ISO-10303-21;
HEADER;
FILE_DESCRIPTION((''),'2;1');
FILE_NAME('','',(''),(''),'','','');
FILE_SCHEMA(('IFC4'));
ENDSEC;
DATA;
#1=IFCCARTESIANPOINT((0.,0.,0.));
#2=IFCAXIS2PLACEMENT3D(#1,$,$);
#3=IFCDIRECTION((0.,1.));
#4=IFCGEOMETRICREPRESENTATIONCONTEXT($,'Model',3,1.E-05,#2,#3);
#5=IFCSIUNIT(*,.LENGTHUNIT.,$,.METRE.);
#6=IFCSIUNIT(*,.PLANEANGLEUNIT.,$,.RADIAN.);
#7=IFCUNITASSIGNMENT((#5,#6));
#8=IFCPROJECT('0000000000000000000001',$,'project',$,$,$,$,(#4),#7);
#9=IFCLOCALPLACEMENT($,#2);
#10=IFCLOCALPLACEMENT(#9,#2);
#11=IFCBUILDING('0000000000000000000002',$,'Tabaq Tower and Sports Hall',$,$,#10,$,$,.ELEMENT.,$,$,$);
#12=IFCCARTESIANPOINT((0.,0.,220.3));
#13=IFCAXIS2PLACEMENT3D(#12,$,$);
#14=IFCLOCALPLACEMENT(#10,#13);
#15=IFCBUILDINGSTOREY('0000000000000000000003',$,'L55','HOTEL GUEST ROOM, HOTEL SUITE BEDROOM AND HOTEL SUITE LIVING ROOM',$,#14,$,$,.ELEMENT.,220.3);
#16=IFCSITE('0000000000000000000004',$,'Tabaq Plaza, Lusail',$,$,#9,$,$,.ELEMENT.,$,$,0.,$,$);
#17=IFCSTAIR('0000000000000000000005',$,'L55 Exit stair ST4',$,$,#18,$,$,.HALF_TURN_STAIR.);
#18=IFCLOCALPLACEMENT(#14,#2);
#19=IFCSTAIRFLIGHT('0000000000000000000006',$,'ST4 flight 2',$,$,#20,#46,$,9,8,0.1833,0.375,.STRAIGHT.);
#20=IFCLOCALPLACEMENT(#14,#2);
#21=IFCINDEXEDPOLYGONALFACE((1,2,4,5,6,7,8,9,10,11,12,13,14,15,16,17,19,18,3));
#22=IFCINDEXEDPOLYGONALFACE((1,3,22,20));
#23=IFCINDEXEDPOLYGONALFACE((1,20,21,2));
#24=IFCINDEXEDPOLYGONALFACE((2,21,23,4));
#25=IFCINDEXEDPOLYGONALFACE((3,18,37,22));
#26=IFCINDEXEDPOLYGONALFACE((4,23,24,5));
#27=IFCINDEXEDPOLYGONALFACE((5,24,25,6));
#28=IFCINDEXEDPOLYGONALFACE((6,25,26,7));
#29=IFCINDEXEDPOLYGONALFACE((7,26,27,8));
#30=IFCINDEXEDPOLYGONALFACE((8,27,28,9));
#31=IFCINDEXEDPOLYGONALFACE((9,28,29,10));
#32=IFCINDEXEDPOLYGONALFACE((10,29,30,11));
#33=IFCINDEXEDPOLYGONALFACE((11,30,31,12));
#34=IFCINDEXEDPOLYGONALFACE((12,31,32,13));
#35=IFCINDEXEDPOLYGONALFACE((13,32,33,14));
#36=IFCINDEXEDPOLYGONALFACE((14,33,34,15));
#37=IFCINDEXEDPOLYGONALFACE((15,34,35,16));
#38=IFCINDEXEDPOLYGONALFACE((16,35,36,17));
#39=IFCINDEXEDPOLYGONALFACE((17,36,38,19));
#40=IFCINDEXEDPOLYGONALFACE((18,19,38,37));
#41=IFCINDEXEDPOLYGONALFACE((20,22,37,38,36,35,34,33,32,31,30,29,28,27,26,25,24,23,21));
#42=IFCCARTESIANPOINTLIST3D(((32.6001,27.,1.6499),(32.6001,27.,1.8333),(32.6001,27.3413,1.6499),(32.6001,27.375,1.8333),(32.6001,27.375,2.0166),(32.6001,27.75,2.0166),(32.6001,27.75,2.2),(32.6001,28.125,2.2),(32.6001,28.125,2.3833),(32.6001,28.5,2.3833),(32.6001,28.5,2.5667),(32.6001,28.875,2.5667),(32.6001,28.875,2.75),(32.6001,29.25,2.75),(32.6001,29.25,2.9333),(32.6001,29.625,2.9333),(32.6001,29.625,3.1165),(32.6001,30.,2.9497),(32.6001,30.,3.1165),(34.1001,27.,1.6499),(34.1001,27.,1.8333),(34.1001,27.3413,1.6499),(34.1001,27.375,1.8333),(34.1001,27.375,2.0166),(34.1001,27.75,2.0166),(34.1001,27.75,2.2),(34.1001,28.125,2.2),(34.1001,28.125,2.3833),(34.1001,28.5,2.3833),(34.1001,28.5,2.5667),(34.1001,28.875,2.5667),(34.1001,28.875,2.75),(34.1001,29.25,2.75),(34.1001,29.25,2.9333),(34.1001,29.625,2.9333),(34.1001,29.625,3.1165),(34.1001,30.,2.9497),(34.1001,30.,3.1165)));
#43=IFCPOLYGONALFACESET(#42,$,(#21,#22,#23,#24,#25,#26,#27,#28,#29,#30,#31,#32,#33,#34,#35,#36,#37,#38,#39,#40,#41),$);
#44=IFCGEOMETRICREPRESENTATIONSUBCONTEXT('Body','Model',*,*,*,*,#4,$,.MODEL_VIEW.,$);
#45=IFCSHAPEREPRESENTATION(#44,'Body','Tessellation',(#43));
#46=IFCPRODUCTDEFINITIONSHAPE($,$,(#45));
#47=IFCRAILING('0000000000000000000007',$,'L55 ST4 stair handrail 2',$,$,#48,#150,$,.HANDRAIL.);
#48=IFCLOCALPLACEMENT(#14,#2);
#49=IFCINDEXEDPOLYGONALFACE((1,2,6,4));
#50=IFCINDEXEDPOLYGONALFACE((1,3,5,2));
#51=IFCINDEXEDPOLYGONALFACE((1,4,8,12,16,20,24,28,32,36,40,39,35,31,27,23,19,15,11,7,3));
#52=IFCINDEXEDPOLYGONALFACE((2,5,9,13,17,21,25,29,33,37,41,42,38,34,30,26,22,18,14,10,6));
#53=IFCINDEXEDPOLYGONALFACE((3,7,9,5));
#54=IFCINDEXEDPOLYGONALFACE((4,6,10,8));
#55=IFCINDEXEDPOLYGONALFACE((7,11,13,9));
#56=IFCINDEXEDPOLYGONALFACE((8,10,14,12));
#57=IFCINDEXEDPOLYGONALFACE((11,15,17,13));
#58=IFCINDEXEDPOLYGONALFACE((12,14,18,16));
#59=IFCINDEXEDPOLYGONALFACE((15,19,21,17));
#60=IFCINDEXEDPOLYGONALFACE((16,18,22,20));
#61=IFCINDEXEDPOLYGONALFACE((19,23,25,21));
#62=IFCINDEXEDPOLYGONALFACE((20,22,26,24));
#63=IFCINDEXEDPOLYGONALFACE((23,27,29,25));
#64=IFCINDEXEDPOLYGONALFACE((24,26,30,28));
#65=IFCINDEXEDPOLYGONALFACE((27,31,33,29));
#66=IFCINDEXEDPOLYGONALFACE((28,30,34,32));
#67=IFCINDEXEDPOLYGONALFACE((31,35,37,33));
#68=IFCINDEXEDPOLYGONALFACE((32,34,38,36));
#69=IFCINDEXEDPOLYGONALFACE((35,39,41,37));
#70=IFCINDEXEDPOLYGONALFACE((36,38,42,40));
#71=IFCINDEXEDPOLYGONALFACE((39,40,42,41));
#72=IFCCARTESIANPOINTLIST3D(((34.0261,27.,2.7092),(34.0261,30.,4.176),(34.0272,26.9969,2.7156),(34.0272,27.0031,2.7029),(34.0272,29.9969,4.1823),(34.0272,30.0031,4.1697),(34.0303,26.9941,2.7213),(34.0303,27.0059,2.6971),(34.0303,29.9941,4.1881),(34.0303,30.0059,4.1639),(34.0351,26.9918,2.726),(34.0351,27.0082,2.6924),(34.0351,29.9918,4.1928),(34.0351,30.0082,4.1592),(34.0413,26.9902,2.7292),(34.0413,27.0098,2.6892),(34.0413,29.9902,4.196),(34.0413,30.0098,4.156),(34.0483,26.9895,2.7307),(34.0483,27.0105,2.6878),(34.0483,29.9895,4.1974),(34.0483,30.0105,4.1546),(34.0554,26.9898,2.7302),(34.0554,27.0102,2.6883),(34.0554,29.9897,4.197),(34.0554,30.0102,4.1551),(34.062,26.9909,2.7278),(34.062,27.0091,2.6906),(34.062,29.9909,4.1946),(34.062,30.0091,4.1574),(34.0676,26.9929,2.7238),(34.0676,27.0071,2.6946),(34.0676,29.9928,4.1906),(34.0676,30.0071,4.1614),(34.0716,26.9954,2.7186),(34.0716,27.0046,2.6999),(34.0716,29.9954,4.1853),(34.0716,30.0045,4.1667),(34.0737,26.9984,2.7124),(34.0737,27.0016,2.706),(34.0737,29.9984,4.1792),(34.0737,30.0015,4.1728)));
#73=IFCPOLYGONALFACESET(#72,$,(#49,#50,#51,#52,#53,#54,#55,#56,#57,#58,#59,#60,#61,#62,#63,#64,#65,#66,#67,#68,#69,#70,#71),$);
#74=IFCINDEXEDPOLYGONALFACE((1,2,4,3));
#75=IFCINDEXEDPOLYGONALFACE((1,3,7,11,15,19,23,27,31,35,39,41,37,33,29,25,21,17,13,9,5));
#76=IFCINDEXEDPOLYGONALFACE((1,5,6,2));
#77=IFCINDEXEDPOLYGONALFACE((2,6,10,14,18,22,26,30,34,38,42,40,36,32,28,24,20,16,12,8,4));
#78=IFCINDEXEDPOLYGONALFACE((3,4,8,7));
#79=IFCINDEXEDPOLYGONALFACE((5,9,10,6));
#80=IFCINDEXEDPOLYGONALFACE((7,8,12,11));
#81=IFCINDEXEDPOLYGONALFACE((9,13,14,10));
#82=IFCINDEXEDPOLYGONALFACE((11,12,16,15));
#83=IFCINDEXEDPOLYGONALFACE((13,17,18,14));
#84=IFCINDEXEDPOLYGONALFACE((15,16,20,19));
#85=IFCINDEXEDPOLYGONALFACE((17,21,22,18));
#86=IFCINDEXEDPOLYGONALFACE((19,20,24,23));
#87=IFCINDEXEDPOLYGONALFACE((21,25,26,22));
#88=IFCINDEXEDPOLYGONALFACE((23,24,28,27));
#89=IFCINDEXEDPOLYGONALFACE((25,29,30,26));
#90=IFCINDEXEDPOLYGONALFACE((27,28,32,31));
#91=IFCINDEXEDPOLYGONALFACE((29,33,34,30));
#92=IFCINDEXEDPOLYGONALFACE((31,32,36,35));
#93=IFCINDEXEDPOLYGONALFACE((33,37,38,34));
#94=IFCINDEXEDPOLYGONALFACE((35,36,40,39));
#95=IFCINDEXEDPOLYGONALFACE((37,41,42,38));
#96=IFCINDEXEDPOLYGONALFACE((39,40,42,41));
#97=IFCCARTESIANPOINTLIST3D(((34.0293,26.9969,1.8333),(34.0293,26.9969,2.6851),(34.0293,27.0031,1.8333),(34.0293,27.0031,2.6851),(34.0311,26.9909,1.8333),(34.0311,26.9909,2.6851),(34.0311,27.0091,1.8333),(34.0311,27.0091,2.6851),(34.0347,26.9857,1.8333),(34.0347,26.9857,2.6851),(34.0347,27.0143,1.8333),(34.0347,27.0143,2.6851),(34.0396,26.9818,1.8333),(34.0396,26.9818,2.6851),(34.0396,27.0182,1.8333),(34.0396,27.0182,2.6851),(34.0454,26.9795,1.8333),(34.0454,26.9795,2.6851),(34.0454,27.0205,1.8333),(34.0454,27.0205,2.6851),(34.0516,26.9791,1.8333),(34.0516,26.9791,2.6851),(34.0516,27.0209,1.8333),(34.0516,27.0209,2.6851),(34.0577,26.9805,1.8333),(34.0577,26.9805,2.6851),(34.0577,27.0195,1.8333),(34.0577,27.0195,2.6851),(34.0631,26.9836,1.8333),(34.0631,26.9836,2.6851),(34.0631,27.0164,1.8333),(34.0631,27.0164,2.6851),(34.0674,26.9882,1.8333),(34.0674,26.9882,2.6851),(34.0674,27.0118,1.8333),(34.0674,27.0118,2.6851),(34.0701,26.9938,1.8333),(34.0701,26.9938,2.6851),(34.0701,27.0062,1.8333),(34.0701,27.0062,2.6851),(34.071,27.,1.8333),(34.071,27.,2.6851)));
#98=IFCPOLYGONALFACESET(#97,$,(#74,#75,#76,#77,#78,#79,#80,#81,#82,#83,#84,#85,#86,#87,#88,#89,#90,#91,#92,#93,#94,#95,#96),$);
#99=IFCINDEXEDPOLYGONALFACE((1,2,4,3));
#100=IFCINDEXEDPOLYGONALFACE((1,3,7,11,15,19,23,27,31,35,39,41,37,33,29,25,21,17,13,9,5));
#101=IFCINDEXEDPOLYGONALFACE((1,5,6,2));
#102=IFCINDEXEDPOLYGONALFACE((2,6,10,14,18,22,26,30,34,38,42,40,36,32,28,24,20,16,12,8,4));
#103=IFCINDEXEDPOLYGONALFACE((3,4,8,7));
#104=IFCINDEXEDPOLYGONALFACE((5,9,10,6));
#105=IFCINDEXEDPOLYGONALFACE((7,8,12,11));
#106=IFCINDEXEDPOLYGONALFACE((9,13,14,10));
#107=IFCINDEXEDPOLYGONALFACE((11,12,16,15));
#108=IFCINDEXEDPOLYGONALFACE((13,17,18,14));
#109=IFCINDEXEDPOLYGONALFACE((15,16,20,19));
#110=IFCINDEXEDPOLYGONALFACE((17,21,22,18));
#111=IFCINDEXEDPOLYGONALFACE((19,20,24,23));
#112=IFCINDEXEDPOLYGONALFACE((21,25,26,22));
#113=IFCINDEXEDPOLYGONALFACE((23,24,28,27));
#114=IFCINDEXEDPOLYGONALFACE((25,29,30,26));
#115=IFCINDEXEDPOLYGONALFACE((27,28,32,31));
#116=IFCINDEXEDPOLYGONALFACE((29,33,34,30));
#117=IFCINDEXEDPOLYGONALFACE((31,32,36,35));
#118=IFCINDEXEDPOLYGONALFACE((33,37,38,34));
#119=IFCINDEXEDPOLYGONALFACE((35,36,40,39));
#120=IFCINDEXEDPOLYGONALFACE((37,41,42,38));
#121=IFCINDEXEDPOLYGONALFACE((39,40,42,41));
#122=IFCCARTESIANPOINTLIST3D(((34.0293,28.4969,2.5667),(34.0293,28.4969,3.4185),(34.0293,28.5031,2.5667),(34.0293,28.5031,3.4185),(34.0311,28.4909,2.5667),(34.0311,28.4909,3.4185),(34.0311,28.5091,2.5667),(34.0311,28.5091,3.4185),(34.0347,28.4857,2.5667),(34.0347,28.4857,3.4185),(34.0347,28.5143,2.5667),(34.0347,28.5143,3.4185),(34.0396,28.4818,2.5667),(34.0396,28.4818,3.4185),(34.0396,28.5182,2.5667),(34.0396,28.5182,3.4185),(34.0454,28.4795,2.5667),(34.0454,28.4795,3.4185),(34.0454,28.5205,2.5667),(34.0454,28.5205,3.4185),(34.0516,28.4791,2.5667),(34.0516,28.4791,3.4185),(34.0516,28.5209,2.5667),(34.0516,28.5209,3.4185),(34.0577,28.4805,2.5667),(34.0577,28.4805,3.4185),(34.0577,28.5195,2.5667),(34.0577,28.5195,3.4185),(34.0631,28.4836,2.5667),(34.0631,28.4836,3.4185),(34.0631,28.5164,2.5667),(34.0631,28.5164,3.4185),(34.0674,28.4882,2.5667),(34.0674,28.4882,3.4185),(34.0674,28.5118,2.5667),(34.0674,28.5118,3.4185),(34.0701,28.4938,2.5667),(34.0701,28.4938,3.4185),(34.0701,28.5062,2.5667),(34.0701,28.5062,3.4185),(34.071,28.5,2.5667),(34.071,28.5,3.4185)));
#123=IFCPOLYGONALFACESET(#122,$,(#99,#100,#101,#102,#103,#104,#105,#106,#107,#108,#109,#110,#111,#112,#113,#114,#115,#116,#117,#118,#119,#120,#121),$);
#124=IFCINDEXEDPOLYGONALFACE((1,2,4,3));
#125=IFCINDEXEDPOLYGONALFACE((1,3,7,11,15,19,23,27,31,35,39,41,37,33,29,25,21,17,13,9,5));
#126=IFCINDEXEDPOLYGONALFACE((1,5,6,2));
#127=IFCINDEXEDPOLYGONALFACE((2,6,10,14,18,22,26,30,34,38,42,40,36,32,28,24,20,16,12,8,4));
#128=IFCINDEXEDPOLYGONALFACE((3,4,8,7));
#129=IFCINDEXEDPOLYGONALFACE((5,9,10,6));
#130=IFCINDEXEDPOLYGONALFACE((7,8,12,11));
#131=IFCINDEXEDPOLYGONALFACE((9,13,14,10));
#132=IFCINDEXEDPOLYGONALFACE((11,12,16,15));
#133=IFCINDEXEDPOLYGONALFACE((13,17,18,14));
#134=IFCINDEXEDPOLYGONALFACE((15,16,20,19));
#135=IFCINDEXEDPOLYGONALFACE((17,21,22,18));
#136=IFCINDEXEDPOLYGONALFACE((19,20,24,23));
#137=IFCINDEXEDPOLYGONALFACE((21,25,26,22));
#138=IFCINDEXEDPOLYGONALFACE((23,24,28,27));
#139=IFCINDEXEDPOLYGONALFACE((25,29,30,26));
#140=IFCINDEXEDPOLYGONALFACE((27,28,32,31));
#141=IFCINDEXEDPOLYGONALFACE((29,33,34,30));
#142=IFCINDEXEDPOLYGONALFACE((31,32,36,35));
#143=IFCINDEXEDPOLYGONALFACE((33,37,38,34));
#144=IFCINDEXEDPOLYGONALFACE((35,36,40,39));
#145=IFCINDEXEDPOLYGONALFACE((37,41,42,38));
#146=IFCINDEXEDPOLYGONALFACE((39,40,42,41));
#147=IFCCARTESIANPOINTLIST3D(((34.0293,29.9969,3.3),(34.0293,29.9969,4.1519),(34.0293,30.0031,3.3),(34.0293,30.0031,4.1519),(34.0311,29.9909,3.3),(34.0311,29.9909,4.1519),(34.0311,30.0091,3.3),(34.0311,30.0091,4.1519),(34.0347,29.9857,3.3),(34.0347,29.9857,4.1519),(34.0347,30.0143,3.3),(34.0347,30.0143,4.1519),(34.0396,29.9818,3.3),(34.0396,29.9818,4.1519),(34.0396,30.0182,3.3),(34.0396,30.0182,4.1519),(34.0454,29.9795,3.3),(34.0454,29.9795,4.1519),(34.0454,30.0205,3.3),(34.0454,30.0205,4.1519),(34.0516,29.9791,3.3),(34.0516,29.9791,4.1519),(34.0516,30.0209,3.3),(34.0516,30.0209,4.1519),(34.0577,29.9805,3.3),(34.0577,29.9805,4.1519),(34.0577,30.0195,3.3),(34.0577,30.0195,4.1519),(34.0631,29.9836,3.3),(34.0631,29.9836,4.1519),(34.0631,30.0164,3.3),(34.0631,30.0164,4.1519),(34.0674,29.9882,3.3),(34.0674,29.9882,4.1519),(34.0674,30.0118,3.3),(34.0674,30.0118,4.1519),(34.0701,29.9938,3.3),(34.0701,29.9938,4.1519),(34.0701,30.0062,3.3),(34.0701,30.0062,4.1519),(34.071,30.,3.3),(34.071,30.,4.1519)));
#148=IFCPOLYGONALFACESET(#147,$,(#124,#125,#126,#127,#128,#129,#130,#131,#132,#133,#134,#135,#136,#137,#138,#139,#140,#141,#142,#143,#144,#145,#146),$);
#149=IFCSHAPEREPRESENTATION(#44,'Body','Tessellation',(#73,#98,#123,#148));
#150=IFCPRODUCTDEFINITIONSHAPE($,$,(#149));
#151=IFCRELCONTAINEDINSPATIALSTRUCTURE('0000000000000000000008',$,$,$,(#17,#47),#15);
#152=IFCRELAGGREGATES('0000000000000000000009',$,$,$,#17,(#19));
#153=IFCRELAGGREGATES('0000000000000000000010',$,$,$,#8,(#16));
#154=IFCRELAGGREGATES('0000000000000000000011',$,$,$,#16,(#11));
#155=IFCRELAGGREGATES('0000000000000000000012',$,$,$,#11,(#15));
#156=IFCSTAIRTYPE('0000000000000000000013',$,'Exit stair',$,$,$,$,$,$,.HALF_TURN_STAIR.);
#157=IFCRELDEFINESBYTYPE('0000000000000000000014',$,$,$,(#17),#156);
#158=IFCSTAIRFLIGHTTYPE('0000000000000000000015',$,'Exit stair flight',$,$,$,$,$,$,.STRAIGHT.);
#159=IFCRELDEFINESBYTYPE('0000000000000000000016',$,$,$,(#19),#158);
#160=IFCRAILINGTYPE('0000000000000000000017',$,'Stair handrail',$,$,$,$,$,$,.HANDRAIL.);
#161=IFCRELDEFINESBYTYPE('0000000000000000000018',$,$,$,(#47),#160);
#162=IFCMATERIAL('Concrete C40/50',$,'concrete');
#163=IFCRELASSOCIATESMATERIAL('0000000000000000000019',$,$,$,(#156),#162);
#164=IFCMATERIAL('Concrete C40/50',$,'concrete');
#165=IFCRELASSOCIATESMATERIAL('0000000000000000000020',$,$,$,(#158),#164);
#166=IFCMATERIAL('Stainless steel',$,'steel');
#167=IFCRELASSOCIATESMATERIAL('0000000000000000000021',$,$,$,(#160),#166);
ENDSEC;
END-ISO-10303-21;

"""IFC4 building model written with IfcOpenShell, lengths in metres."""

from ifc_helpers import new_model, si_unit, direction, frame, origin, origin_2d, place, context, subcontext, project, spatial, polyline, circle, outline, extrude, material, type_object, element, aggregate, save


model = new_model("IFC4")

# Units and contexts
model_context = context("Model", 3, precision=1e-05, world=origin(), true_north=direction((0.0, 1.0)))
body_context = subcontext(model_context, "Body", "Model", "MODEL_VIEW")
ifc_project = project(units=[si_unit("LENGTHUNIT", "METRE"), si_unit("PLANEANGLEUNIT", "RADIAN")], contexts=[model_context])

# Site, building, storey
site_placement = place(None, origin())
site = spatial("IfcSite", under=ifc_project, at=site_placement, Name="Tabaq Plaza, Lusail", CompositionType="ELEMENT", RefElevation=0.0)
building_placement = place(site_placement, origin())
building = spatial("IfcBuilding", under=site, at=building_placement, Name="Tabaq Tower and Sports Hall", CompositionType="ELEMENT")
storey_placement = place(building_placement, frame((0.0, 0.0, 220.3)))
storey = spatial("IfcBuildingStorey", under=building, at=storey_placement, Name="L55", Description="HOTEL GUEST ROOM, HOTEL SUITE BEDROOM AND HOTEL SUITE LIVING ROOM", CompositionType="ELEMENT", Elevation=220.3)

# Stair, stair flight
ifc_material_1 = material(Name="Concrete C40/50", Category="concrete")
stair_type = type_object("IfcStairType", Name="Exit stair", PredefinedType="HALF_TURN_STAIR", material=ifc_material_1)
stair_placement = place(storey_placement, origin())
stair = element("IfcStair", 1, at=stair_placement, inside=storey, type_object=stair_type, Name="L55 Exit stair ST4", PredefinedType="HALF_TURN_STAIR")
ifc_material_2 = material(Name="Concrete C40/50", Category="concrete")
stair_flight_type = type_object("IfcStairFlightType", Name="Exit stair flight", PredefinedType="STRAIGHT", material=ifc_material_2)
stair_flight_placement = place(storey_placement, frame((33.3501, 27.0, 1.6499), z_axis=(0.0, 0.0, 1.0), x_axis=(0.0, 1.0, 0.0)))
stair_flight = element("IfcStairFlight", 2, at=stair_flight_placement, type_object=stair_flight_type, Name="ST4 flight 2", NumberOfRisers=9, NumberOfTreads=8, PredefinedType="STRAIGHT", RiserHeight=0.1833, TreadLength=0.375, context=body_context, shape_type="SweptSolid", body=[
    extrude(outline(polyline([(0.0, 0.0), (0.0, 0.1833), (0.375, 0.1833), (0.375, 0.3667), (0.75, 0.3667), (0.75, 0.55), (1.125, 0.55), (1.125, 0.7334), (1.5, 0.7334), (1.5, 0.9167), (1.875, 0.9167), (1.875, 1.1001), (2.25, 1.1001), (2.25, 1.2834), (2.625, 1.2834), (2.625, 1.4666), (3.0, 1.4666), (3.0, 1.6499), (3.0, 1.2998), (0.3413, 0.0), (0.0, 0.0)])), frame((0.0, 0.75, 0.0), z_axis=(0.0, -1.0, 0.0), x_axis=(1.0, 0.0, 0.0)), (0.0, 0.0, 1.0), 1.5),
])
aggregate(stair, [stair_flight])

# Railing
ifc_material_3 = material(Name="Stainless steel", Category="steel")
railing_type = type_object("IfcRailingType", Name="Stair handrail", PredefinedType="HANDRAIL", material=ifc_material_3)
railing_placement = place(storey_placement, frame((34.05, 27.0, 1.8333)))
element("IfcRailing", 3, at=railing_placement, inside=storey, type_object=railing_type, Name="L55 ST4 stair handrail 2", PredefinedType="HANDRAIL", context=body_context, shape_type="SweptSolid", body=[
    extrude(circle(Radius=0.0239, at=origin_2d()), frame((0.0, 0.0, 0.876), z_axis=(0.0, 0.898369, 0.439242), x_axis=(-1.0, 0.0, 0.0)), (0.0, 0.0, 1.0), 3.3394),
    extrude(circle(Radius=0.021, at=origin_2d()), origin(), (0.0, 0.0, 1.0), 0.8518),
    extrude(circle(Radius=0.021, at=origin_2d()), frame((0.0, 1.5, 0.7334)), (0.0, 0.0, 1.0), 0.8518),
    extrude(circle(Radius=0.021, at=origin_2d()), frame((0.0, 3.0, 1.4668)), (0.0, 0.0, 1.0), 0.8518),
])

save(model, "model.ifc")
